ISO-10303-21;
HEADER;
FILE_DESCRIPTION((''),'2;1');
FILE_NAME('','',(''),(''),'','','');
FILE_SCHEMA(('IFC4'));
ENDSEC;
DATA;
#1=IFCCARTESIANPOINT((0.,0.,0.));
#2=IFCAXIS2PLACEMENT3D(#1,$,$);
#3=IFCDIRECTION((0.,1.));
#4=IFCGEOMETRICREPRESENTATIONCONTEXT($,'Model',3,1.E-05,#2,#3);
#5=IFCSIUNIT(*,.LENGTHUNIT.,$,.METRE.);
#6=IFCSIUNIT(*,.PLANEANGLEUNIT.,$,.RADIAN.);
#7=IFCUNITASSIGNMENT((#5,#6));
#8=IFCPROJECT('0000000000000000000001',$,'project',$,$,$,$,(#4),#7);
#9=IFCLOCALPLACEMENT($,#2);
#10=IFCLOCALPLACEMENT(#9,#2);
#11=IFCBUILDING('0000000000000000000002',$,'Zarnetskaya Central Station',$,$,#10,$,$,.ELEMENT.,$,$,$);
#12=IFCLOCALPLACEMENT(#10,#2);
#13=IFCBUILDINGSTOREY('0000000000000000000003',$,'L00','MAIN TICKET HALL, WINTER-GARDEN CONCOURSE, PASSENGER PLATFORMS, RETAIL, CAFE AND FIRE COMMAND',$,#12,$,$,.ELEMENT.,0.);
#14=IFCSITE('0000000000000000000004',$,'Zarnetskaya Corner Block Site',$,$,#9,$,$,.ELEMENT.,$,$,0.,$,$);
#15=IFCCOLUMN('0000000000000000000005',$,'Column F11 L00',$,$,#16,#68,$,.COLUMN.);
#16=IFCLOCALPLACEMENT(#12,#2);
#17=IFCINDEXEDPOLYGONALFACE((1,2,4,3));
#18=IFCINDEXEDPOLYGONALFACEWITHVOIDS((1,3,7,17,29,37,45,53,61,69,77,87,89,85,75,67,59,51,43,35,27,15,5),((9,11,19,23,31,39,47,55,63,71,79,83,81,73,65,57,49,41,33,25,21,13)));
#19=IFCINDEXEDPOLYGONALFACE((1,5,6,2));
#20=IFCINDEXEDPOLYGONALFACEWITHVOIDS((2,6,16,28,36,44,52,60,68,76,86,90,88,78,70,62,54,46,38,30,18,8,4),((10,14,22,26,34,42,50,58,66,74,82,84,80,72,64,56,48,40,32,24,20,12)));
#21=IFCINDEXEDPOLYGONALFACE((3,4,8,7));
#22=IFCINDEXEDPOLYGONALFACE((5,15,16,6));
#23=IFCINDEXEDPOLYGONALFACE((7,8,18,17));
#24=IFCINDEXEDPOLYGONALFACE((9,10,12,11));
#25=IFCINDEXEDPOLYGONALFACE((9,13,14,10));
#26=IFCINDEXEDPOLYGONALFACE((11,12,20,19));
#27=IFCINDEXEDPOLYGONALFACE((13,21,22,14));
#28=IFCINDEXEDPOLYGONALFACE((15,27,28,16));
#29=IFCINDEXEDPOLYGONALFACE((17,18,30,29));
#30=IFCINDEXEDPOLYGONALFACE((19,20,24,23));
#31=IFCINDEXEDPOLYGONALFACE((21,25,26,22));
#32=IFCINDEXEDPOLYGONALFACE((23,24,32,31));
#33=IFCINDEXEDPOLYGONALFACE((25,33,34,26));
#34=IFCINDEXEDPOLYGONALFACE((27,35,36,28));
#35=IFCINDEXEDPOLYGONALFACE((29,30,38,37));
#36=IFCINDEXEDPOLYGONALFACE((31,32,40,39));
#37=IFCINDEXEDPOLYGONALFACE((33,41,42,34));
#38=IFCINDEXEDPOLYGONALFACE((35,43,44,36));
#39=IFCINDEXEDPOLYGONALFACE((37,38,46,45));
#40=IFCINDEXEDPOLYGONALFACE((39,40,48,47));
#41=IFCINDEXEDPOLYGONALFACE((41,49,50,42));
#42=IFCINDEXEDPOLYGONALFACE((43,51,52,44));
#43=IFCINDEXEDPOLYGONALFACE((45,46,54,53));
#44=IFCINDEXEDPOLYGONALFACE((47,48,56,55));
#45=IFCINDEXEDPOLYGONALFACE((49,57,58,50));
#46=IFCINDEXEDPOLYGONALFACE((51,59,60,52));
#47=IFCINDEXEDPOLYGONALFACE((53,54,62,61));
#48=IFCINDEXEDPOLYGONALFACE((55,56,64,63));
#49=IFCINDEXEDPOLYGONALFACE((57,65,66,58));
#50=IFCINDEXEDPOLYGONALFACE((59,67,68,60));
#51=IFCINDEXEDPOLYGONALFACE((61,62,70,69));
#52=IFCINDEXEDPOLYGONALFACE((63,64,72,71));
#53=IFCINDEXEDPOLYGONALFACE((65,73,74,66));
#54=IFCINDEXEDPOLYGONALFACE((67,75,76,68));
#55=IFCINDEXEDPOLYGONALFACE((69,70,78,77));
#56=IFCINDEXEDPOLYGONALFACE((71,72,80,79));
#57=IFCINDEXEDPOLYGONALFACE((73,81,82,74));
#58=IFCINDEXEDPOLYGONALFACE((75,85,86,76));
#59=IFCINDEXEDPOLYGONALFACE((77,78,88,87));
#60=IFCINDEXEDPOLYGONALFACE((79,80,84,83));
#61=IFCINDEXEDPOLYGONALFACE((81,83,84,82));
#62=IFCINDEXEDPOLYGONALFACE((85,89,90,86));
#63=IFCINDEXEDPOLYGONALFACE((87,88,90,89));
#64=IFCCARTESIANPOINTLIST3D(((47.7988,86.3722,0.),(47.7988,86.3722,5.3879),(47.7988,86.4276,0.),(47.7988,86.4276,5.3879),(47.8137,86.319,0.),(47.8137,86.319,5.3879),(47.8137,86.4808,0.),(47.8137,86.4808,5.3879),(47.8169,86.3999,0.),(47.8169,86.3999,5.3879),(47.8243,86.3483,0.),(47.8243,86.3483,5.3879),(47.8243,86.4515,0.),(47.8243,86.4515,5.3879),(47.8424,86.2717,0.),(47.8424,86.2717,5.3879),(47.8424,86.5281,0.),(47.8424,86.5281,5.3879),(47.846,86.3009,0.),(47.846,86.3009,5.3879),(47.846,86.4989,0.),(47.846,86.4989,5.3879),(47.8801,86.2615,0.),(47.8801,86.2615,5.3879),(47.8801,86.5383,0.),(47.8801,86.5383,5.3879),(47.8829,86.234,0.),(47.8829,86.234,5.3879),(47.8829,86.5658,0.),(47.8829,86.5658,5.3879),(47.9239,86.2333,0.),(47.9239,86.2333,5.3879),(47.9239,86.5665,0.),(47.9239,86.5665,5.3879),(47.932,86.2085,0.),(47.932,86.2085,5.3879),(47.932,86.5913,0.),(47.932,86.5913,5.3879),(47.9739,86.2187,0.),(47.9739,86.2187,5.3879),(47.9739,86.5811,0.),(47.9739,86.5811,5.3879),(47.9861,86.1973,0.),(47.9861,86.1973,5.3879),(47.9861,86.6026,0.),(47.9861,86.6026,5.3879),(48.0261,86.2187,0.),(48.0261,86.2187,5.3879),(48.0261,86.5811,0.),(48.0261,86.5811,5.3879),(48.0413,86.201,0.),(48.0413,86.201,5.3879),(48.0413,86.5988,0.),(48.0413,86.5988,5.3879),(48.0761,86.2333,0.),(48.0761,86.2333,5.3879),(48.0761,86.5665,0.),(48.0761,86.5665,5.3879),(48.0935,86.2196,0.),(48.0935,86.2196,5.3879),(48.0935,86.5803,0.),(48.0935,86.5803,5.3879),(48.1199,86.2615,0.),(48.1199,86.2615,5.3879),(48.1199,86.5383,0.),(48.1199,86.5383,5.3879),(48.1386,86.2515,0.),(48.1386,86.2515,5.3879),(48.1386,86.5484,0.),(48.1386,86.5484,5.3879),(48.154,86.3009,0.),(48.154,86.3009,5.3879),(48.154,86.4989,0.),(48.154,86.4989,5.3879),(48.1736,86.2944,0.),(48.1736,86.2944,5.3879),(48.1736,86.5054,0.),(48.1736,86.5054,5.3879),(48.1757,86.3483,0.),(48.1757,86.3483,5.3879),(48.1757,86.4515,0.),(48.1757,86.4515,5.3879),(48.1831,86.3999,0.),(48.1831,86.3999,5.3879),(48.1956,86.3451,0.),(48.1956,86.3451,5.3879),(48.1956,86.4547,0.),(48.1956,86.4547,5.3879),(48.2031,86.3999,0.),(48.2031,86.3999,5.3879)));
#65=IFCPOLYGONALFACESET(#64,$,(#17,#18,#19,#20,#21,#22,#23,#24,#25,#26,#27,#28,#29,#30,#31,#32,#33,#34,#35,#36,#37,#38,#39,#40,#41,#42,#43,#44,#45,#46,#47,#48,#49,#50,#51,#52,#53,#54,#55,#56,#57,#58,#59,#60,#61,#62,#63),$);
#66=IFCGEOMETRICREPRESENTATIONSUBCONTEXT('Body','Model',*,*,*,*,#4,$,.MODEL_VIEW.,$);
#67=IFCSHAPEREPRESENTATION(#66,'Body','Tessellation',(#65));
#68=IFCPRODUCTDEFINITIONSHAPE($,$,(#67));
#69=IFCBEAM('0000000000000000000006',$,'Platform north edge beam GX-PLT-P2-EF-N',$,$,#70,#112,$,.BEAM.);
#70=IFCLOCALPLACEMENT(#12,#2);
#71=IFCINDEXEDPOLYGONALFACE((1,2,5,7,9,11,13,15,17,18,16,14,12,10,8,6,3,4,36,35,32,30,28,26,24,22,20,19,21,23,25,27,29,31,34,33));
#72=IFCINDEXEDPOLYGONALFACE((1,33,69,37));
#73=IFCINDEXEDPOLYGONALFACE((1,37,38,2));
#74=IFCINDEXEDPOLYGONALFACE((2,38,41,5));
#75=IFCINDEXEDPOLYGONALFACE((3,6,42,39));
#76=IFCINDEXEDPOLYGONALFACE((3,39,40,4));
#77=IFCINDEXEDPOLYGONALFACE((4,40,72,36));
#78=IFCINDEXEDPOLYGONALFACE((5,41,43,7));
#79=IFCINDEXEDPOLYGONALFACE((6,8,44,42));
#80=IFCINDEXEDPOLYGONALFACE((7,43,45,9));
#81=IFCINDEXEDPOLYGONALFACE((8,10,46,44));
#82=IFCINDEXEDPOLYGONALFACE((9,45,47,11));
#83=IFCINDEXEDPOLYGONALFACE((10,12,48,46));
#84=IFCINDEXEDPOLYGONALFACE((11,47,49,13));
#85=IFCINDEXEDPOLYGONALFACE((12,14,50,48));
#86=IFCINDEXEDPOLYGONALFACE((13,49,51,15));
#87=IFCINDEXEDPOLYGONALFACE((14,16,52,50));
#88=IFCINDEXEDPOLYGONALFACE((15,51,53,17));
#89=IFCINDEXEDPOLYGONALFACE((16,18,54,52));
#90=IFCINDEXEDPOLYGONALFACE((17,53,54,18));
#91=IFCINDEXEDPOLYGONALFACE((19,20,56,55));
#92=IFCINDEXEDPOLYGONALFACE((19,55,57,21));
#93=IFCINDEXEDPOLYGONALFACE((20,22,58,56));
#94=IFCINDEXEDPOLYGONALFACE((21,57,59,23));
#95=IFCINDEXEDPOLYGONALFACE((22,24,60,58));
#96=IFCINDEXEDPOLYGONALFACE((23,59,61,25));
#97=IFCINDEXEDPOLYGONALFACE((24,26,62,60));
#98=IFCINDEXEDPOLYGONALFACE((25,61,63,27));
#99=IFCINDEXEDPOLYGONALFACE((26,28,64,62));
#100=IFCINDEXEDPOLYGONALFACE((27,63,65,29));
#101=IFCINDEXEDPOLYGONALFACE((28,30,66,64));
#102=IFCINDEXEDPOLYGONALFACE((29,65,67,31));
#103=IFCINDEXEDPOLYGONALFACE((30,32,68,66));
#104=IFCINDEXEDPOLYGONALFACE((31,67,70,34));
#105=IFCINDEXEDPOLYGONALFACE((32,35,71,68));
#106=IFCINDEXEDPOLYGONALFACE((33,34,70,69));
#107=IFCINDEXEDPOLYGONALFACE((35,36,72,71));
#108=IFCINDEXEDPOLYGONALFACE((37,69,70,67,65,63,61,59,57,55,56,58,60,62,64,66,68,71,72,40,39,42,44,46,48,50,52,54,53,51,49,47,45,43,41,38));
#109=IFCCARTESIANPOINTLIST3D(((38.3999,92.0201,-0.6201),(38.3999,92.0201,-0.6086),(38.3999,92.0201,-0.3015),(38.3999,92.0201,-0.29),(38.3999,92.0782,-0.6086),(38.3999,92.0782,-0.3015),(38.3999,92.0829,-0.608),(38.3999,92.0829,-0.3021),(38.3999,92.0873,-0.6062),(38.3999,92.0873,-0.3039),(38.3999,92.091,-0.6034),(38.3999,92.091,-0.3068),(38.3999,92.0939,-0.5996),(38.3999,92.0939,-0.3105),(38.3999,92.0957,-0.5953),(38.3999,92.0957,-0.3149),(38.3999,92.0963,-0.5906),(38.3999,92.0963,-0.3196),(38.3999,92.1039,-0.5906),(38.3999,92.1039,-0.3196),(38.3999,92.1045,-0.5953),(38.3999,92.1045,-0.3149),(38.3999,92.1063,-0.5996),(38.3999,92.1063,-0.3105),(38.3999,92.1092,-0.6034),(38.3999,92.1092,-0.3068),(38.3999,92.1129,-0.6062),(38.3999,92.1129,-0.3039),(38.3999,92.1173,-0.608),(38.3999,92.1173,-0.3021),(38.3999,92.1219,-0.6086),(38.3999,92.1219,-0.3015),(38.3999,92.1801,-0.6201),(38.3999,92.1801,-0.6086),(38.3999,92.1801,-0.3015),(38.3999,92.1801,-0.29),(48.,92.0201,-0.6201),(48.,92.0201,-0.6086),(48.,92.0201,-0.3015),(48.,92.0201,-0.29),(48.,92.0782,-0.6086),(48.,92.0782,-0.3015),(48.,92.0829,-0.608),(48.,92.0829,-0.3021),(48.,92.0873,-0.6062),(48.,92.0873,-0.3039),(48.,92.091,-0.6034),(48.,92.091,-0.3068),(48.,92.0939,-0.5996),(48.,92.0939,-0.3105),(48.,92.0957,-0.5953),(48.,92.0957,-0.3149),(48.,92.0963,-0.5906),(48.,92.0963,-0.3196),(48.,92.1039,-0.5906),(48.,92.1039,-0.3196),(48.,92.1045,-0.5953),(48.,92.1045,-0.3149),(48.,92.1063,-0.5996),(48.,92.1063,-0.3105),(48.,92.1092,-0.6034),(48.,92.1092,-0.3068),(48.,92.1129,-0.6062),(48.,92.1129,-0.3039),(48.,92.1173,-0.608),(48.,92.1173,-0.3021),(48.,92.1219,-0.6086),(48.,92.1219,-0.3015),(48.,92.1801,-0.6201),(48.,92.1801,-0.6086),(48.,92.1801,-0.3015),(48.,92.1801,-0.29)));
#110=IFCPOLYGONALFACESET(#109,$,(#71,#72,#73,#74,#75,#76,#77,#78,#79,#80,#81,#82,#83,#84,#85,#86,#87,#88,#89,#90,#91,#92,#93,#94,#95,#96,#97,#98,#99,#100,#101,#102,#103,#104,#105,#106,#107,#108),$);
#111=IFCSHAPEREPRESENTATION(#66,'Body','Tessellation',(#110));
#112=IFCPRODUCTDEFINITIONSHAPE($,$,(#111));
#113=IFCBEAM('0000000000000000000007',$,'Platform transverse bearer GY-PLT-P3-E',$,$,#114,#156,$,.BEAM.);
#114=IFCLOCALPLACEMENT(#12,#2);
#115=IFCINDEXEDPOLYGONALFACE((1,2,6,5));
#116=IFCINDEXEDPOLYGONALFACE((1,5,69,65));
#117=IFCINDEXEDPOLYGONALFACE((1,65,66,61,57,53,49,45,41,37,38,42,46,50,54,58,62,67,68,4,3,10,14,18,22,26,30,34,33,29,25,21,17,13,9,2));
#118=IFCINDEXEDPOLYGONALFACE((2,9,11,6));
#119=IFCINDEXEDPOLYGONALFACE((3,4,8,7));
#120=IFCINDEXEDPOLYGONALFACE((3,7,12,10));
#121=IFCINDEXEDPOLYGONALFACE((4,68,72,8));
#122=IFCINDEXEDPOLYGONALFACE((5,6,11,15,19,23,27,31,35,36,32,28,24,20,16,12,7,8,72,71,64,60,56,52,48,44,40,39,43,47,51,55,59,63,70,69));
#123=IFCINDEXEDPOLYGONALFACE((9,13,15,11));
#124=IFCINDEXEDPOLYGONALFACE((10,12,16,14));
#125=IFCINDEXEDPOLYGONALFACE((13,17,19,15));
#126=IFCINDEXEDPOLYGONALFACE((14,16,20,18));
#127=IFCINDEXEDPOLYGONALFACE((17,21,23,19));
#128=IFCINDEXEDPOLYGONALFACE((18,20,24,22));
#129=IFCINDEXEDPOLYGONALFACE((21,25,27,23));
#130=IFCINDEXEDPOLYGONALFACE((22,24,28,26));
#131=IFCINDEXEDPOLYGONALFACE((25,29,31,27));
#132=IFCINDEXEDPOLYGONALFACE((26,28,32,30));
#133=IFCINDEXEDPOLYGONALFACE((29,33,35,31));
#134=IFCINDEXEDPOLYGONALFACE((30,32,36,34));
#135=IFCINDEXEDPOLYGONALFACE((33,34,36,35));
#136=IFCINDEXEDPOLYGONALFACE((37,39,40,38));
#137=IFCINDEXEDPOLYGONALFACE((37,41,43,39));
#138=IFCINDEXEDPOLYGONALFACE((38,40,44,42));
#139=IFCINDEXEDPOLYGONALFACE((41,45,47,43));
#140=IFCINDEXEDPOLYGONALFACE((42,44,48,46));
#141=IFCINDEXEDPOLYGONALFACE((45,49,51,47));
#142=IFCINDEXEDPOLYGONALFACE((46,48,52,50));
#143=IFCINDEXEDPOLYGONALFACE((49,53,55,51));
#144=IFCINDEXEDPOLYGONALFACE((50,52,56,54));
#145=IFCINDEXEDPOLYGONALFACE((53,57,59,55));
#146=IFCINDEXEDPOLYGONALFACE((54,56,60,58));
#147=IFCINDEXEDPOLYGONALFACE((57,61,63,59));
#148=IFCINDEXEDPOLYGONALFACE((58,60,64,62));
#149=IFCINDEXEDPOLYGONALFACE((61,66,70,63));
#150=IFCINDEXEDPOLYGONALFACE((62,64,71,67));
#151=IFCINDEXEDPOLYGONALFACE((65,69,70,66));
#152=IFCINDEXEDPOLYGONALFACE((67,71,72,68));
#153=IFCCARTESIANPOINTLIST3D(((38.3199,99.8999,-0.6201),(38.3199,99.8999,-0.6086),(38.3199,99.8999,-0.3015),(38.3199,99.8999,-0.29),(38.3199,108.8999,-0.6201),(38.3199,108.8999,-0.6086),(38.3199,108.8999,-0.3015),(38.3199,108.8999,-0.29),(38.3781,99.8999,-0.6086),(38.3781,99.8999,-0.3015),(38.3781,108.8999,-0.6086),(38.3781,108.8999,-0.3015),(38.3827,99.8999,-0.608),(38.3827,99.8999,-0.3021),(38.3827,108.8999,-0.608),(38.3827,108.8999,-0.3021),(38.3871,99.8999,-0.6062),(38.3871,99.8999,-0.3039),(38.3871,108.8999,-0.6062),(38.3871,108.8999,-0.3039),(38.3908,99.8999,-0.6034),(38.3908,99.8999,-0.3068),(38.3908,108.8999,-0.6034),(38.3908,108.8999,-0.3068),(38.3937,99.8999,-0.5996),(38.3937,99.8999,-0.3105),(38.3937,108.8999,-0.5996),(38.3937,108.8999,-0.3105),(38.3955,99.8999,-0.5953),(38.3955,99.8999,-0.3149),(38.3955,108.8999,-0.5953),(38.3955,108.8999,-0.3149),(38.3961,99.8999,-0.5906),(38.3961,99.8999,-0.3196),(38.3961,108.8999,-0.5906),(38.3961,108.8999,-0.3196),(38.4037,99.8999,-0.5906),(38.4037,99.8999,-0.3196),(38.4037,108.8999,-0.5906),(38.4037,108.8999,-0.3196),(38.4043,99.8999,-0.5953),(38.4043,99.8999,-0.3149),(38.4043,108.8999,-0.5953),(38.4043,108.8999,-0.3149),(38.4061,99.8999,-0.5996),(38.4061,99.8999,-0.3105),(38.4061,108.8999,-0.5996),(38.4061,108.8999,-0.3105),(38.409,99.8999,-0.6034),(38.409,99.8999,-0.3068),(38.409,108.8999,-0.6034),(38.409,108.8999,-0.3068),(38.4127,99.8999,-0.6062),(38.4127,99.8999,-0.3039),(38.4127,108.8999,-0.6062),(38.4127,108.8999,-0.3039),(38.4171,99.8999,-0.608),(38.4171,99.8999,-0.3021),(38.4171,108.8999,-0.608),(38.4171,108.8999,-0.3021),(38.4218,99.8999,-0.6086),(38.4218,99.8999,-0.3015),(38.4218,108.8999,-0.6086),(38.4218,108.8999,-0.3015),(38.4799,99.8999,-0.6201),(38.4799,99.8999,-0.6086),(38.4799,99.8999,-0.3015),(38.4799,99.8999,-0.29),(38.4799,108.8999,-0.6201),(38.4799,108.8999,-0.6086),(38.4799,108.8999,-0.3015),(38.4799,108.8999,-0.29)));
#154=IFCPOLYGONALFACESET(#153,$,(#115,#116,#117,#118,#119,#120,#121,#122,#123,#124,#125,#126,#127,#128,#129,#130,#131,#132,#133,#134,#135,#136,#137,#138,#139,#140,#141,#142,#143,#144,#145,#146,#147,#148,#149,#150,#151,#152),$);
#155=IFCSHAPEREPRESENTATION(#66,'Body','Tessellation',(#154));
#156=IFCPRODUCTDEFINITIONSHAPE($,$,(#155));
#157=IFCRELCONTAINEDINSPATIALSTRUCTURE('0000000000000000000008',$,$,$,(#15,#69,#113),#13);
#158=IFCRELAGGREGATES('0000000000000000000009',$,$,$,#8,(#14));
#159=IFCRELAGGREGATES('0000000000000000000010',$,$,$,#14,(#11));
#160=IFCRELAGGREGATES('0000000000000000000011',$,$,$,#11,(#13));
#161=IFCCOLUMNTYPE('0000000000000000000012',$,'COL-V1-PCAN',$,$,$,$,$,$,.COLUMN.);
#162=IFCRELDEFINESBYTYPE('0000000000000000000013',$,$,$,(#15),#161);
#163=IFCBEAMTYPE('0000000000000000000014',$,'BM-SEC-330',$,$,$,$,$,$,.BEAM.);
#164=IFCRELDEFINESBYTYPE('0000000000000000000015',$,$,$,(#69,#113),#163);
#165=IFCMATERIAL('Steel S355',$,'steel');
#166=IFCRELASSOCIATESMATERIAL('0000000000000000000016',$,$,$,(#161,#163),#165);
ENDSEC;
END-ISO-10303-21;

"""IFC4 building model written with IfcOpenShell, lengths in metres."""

from ifc_helpers import new_model, si_unit, direction, frame, origin, origin_2d, place, context, subcontext, project, spatial, hollow_circle, i_section, extrude, material, material_profile, profile_set, type_object, element, save


model = new_model("IFC4")

# Units and contexts
model_context = context("Model", 3, precision=1e-05, world=origin(), true_north=direction((0.0, 1.0)))
body_context = subcontext(model_context, "Body", "Model", "MODEL_VIEW")
ifc_project = project(units=[si_unit("LENGTHUNIT", "METRE"), si_unit("PLANEANGLEUNIT", "RADIAN")], contexts=[model_context])

# Site, building, storey
site_placement = place(None, origin())
site = spatial("IfcSite", under=ifc_project, at=site_placement, Name="Zarnetskaya Corner Block Site", CompositionType="ELEMENT", RefElevation=0.0)
building_placement = place(site_placement, origin())
building = spatial("IfcBuilding", under=site, at=building_placement, Name="Zarnetskaya Central Station", CompositionType="ELEMENT")
storey_placement = place(building_placement, origin())
storey = spatial("IfcBuildingStorey", under=building, at=storey_placement, Name="L00", Description="MAIN TICKET HALL, WINTER-GARDEN CONCOURSE, PASSENGER PLATFORMS, RETAIL, CAFE AND FIRE COMMAND", CompositionType="ELEMENT", Elevation=0.0)

# Column
ifc_material = material(Name="Steel S355", Category="steel")
ifc_material_profile_1 = material_profile(ifc_material, hollow_circle(Radius=0.2031, WallThickness=0.02, at=origin_2d()), Name="CHS 406.4x20")
ifc_profile_set_1 = profile_set([ifc_material_profile_1], Name="Steel S355")
column_type = type_object("IfcColumnType", Name="COL-V1-PCAN", PredefinedType="COLUMN", material=ifc_profile_set_1)
for number, where, z_axis, x_axis, name in (
    (1, (48.0, 86.3999, 0.0), (0.0, 0.0, 1.0), (1.0, 0.0, 0.0), "Column F11 L00"),
):
    element("IfcColumn", number, at=place(storey_placement, frame(where, z_axis=z_axis, x_axis=x_axis)), inside=storey, type_object=column_type, Name=name, PredefinedType="COLUMN", context=body_context, shape_type="SweptSolid", body=[
        extrude(hollow_circle(Radius=0.2031, WallThickness=0.02, at=origin_2d()), origin(), (0.0, 0.0, 1.0), 5.3879),
    ])

# Beams
ifc_material_profile_2 = material_profile(ifc_material, i_section(OverallWidth=0.1599, OverallDepth=0.3301, WebThickness=0.0076, FlangeThickness=0.0115, FilletRadius=0.0181, at=origin_2d()), Name="IPE 330")
ifc_profile_set_2 = profile_set([ifc_material_profile_2], Name="Steel S355")
beam_type_1 = type_object("IfcBeamType", Name="BM-SEC-330", PredefinedType="BEAM", material=ifc_profile_set_2)
beam_1_placement = place(storey_placement, frame((38.3999, 92.1001, -0.4551), z_axis=(1.0, 0.0, 0.0), x_axis=(0.0, 1.0, 0.0)))
element("IfcBeam", 2, at=beam_1_placement, inside=storey, type_object=beam_type_1, Name="Platform north edge beam GX-PLT-P2-EF-N", PredefinedType="BEAM", context=body_context, shape_type="SweptSolid", body=[
    extrude(i_section(OverallWidth=0.1599, OverallDepth=0.3301, WebThickness=0.0076, FlangeThickness=0.0115, FilletRadius=0.0181, at=origin_2d()), origin(), (0.0, 0.0, 1.0), 9.6001),
])
beam_2_placement = place(storey_placement, frame((38.3999, 99.8999, -0.4551), z_axis=(0.0, 1.0, 0.0), x_axis=(-1.0, 0.0, 0.0)))
element("IfcBeam", 3, at=beam_2_placement, inside=storey, type_object=beam_type_1, Name="Platform transverse bearer GY-PLT-P3-E", PredefinedType="BEAM", context=body_context, shape_type="SweptSolid", body=[
    extrude(i_section(OverallWidth=0.1599, OverallDepth=0.3301, WebThickness=0.0076, FlangeThickness=0.0115, FilletRadius=0.0181, at=origin_2d()), origin(), (0.0, 0.0, 1.0), 9.0),
])

save(model, "model.ifc")
